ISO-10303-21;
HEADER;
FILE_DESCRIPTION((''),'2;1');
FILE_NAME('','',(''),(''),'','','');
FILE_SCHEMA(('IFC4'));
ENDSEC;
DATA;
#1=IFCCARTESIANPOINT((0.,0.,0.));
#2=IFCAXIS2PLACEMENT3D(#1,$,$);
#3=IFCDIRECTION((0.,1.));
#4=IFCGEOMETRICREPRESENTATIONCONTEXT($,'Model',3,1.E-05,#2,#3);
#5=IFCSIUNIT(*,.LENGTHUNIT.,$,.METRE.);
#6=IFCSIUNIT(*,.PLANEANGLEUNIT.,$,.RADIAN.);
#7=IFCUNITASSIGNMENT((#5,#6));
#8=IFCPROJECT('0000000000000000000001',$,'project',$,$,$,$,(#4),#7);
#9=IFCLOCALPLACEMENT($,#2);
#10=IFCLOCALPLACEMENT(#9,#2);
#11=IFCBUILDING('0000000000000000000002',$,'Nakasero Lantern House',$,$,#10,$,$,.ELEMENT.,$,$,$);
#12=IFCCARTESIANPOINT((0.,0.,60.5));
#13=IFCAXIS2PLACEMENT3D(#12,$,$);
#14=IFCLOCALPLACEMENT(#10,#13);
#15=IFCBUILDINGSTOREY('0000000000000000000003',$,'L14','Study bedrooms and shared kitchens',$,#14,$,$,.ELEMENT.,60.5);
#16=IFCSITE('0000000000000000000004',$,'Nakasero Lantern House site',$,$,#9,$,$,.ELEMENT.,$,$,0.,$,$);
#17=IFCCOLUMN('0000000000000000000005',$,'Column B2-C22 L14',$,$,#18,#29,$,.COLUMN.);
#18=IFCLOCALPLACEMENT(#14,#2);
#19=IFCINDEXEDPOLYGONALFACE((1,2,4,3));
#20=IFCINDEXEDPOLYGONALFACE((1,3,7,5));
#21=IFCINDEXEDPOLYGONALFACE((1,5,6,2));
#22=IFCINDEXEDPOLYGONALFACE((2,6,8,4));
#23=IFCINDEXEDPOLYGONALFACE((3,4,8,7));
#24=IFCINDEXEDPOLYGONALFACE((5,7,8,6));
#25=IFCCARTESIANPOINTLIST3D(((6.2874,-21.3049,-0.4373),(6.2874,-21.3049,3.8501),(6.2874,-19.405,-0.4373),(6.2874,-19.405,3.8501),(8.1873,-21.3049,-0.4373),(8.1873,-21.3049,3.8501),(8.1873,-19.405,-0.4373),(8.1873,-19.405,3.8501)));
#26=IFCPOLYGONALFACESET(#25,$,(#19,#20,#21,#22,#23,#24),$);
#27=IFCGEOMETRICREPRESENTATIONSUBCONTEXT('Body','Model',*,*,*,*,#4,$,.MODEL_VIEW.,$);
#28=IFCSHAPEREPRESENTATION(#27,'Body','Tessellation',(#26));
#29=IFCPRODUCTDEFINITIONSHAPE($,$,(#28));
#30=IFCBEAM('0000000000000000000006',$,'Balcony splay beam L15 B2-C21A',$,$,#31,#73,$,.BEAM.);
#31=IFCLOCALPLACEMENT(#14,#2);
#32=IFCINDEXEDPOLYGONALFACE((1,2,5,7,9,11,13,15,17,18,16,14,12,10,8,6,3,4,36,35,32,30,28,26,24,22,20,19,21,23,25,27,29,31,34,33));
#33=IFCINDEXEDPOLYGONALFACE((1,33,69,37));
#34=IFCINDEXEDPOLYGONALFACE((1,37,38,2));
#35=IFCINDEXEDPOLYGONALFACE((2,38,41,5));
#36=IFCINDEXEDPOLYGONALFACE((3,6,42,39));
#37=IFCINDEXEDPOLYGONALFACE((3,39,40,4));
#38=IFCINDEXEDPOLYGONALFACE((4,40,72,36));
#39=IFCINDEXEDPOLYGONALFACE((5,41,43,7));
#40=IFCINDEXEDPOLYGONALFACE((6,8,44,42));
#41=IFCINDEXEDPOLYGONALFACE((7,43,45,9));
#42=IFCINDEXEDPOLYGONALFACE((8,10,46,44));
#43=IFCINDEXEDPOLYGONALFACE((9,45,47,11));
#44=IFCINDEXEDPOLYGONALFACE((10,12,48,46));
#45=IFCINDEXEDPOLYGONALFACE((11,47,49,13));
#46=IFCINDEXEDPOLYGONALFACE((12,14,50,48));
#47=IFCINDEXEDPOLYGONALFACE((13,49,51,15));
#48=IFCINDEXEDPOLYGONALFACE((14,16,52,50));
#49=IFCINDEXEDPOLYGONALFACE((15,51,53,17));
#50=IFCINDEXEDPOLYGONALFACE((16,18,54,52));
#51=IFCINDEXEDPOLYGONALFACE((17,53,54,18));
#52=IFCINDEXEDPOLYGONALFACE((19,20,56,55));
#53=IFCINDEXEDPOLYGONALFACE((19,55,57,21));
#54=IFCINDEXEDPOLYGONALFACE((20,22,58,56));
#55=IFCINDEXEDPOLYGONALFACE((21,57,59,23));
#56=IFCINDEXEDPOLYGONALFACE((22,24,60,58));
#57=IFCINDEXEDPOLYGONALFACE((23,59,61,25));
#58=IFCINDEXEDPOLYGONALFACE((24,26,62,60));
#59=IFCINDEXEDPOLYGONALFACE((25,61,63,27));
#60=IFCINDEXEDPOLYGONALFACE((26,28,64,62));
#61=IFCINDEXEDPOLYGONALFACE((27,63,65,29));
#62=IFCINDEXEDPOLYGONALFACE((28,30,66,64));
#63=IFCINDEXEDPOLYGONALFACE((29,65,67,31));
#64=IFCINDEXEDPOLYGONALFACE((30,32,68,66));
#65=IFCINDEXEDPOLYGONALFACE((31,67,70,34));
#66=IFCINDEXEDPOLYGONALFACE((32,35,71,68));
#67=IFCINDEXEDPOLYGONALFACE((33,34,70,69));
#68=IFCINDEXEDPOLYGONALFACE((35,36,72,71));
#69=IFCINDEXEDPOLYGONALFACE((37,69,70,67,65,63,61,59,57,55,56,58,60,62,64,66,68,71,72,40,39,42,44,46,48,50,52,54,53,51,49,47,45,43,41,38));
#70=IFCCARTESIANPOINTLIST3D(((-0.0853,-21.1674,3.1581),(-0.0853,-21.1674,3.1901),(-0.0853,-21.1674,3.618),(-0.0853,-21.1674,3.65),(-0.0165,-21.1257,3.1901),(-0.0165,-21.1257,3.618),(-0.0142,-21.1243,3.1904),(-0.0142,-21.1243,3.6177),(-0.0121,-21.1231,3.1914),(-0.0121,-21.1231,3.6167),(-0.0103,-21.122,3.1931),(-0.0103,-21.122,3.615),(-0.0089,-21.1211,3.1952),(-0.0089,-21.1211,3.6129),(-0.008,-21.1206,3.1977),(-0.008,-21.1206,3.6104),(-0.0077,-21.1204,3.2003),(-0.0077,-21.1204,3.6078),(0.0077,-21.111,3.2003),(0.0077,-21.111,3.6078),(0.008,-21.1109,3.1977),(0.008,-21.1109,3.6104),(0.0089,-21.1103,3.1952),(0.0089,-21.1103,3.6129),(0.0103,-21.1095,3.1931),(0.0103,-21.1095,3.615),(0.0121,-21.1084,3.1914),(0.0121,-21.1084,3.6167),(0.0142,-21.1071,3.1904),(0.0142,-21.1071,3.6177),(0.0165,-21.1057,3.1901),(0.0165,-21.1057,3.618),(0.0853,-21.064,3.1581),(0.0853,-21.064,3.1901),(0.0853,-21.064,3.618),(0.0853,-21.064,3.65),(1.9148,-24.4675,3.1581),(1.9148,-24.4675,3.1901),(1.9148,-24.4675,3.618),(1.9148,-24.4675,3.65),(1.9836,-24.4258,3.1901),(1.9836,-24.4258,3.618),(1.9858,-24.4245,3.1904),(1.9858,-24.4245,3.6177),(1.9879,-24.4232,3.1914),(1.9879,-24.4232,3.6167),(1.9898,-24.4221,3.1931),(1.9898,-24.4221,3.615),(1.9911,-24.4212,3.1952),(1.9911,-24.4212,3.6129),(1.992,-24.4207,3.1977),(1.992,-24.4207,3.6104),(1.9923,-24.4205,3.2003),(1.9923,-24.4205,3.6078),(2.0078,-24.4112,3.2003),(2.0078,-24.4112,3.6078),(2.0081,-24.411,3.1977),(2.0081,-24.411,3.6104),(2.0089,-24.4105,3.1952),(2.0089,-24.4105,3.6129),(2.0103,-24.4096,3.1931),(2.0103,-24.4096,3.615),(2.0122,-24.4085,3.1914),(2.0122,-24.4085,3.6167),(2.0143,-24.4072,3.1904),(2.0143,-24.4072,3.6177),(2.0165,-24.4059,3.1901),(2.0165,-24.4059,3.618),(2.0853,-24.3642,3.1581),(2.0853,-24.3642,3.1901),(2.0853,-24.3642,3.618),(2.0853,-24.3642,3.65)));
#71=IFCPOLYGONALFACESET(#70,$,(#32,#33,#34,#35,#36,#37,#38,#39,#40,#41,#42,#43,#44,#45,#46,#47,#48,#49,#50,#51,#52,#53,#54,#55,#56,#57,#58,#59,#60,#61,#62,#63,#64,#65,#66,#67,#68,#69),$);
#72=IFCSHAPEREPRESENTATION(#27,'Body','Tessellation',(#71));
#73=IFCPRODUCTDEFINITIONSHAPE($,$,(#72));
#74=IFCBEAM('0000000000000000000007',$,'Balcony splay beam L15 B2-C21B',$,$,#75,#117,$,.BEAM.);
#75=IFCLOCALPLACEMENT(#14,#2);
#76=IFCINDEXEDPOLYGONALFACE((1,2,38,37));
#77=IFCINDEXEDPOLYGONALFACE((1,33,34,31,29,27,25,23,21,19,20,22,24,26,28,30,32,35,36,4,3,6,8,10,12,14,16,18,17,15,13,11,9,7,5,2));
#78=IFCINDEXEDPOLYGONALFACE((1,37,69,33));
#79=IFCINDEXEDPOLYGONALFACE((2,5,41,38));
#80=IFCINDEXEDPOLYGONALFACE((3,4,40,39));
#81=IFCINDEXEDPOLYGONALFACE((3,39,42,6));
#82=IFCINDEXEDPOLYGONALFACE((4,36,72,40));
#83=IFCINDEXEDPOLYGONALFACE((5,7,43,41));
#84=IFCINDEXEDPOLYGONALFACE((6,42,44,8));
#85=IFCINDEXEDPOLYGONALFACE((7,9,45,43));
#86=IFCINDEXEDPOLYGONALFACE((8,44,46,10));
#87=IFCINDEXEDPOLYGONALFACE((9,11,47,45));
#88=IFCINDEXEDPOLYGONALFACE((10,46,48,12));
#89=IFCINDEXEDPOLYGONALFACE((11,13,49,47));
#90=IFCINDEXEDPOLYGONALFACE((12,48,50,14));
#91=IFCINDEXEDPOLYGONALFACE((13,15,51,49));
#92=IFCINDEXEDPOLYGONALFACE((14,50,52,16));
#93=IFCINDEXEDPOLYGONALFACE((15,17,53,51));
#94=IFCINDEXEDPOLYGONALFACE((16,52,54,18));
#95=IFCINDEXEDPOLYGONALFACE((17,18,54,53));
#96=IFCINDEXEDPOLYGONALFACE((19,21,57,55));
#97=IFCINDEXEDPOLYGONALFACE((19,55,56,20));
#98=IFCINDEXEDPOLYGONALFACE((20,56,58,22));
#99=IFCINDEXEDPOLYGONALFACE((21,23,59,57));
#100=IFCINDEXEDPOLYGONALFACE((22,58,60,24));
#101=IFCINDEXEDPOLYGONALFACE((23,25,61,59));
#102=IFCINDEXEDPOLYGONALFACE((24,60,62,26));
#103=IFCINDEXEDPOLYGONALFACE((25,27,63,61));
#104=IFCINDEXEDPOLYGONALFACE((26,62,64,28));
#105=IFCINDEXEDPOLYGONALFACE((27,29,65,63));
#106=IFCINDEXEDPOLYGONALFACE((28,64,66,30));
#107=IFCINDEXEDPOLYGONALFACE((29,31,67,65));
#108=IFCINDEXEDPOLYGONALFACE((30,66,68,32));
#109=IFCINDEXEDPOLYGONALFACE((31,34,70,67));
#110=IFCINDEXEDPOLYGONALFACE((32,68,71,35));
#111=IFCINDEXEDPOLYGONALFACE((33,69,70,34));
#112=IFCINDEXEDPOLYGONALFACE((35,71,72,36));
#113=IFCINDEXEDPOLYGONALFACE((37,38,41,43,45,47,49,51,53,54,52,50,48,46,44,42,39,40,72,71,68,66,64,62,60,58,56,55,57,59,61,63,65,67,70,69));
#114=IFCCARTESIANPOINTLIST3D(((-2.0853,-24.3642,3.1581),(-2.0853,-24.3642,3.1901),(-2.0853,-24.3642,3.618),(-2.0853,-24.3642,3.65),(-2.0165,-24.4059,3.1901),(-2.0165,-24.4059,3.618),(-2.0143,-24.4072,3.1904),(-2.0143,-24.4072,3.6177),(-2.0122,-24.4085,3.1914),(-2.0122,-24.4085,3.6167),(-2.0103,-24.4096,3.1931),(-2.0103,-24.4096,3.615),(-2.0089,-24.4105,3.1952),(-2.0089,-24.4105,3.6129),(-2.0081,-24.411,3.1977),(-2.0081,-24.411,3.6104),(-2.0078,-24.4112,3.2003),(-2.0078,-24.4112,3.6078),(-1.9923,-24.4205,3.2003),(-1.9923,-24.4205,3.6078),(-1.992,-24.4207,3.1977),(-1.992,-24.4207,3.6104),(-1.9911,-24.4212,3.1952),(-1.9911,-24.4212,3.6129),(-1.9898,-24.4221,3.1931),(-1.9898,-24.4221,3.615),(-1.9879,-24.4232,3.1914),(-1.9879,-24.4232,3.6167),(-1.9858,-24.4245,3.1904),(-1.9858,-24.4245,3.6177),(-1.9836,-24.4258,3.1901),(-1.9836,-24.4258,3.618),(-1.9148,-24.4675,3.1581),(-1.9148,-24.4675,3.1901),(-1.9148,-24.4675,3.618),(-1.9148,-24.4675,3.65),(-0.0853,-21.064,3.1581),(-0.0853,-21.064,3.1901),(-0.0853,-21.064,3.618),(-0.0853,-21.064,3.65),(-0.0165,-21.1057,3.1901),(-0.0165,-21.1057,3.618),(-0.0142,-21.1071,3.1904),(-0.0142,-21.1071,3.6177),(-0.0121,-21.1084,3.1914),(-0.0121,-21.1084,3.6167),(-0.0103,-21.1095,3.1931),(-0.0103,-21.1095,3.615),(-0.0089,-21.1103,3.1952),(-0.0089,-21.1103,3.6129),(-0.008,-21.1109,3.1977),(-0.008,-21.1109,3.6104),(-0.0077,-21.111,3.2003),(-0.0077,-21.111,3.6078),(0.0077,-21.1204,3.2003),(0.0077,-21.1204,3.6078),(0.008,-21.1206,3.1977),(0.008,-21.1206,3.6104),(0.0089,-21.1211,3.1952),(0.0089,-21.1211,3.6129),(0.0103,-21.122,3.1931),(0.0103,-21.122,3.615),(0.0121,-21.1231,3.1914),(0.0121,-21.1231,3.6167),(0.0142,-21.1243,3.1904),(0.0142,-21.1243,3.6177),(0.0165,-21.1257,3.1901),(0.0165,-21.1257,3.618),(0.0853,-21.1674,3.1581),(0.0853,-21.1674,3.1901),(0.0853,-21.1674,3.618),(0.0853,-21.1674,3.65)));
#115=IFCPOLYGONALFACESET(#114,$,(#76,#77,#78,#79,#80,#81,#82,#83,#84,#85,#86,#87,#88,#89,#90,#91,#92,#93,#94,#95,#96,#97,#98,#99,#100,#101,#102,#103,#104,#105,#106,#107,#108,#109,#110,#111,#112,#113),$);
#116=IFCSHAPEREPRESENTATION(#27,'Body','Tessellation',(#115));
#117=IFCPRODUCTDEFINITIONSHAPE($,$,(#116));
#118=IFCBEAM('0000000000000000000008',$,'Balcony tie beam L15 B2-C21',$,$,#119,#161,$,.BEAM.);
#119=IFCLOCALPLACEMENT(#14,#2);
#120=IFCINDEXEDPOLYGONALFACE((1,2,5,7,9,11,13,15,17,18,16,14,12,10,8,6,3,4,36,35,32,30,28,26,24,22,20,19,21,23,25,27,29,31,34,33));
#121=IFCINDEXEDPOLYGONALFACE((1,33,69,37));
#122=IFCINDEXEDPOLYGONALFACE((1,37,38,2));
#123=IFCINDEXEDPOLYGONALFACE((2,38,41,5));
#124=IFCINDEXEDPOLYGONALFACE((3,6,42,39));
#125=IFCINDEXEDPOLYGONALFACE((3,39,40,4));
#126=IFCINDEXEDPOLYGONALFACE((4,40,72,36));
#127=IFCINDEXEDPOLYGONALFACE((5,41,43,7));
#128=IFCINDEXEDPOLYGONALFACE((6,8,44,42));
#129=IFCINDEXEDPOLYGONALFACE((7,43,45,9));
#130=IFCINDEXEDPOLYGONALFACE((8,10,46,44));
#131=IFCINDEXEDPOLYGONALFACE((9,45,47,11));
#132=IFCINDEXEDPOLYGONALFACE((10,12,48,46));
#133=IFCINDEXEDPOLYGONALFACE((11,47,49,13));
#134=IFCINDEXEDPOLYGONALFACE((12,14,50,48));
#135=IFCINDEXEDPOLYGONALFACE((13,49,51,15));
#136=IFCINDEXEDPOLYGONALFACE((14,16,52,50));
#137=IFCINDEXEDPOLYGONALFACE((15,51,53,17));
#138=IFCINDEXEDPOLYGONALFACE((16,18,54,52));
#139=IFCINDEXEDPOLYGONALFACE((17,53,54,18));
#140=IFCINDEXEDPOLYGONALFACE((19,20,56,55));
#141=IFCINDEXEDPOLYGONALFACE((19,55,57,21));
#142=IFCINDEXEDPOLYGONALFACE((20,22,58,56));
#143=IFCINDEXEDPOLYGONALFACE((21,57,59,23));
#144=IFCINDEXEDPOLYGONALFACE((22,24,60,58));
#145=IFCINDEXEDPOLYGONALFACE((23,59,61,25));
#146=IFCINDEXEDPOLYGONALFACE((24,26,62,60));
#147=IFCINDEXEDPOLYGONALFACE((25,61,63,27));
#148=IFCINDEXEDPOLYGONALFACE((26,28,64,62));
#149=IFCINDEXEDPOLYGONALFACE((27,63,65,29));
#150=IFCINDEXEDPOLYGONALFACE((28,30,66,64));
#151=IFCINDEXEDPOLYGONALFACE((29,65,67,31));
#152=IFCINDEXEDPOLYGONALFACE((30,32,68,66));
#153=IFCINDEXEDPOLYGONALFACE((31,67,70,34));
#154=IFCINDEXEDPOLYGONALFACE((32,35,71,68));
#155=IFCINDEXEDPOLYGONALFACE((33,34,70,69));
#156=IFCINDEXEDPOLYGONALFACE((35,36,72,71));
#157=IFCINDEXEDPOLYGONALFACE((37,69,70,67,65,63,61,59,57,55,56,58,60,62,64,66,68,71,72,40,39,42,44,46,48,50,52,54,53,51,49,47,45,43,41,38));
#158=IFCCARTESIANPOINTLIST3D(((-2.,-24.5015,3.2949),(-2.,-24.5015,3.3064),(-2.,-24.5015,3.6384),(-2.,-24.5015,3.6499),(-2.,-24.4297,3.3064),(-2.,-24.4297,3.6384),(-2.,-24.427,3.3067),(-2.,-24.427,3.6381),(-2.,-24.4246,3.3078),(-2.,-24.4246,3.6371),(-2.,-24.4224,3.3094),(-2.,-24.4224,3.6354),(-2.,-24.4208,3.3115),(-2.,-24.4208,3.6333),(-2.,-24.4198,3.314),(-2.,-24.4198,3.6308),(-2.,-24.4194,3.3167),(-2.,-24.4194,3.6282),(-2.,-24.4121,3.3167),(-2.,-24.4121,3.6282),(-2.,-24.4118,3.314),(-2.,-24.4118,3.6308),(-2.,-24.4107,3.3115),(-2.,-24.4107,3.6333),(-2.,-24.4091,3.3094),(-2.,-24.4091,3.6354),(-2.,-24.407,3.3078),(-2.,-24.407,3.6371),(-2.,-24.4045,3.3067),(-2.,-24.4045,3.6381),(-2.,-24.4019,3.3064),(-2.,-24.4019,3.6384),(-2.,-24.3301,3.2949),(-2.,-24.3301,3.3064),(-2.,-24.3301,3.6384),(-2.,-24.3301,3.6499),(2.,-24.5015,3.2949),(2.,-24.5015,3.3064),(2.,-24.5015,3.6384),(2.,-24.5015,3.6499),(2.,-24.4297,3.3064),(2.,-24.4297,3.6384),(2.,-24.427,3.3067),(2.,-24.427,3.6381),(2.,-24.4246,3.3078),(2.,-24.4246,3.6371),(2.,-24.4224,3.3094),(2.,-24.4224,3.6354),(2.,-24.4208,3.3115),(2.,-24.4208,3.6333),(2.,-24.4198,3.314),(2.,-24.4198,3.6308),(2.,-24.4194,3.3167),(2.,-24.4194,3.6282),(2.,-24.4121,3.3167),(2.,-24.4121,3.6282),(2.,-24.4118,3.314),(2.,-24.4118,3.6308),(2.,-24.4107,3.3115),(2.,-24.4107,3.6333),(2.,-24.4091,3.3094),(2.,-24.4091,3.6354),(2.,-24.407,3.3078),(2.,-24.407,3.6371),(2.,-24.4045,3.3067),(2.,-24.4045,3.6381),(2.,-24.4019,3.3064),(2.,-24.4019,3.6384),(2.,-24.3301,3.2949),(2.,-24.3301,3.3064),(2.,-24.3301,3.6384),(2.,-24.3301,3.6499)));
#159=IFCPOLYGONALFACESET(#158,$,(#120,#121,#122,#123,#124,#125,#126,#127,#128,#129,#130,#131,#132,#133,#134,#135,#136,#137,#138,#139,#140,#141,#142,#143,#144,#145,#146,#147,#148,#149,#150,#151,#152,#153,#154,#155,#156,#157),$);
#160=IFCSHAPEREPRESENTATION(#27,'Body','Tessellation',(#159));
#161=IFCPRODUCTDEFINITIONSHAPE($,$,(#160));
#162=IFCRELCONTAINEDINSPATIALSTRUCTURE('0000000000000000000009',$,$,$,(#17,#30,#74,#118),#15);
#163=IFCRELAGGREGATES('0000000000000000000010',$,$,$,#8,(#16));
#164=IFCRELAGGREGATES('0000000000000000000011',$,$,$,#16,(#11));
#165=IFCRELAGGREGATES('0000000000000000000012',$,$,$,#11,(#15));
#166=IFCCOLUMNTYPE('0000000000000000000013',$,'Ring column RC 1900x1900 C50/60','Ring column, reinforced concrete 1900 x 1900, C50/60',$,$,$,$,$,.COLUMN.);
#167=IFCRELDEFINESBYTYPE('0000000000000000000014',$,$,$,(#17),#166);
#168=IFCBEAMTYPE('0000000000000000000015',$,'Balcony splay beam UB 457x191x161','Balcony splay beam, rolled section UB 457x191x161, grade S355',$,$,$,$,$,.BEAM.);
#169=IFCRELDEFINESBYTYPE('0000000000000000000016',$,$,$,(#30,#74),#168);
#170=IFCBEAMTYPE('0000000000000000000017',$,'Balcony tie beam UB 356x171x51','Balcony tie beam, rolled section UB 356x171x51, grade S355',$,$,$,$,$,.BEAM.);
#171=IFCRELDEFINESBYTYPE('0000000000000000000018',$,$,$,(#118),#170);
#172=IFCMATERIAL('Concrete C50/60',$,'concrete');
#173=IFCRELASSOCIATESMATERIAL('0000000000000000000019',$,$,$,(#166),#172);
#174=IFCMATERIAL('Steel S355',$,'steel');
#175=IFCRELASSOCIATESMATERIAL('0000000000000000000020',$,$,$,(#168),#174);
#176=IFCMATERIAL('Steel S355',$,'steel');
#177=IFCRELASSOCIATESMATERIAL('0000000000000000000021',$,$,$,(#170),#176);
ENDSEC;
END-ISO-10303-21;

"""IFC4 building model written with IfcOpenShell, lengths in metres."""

from ifc_helpers import new_model, si_unit, direction, frame, origin, origin_2d, place, context, subcontext, project, spatial, rectangle, i_section, extrude, material, material_profile, profile_set, type_object, element, save


model = new_model("IFC4")

# Units and contexts
model_context = context("Model", 3, precision=1e-05, world=origin(), true_north=direction((0.0, 1.0)))
body_context = subcontext(model_context, "Body", "Model", "MODEL_VIEW")
ifc_project = project(units=[si_unit("LENGTHUNIT", "METRE"), si_unit("PLANEANGLEUNIT", "RADIAN")], contexts=[model_context])

# Site, building, storey
site_placement = place(None, origin())
site = spatial("IfcSite", under=ifc_project, at=site_placement, Name="Nakasero Lantern House site", CompositionType="ELEMENT", RefElevation=0.0)
building_placement = place(site_placement, origin())
building = spatial("IfcBuilding", under=site, at=building_placement, Name="Nakasero Lantern House", CompositionType="ELEMENT")
storey_placement = place(building_placement, frame((0.0, 0.0, 60.5)))
storey = spatial("IfcBuildingStorey", under=building, at=storey_placement, Name="L14", Description="Study bedrooms and shared kitchens", CompositionType="ELEMENT", Elevation=60.5)

# Column
ifc_material_1 = material(Name="Concrete C50/60", Category="concrete")
ifc_material_profile_1 = material_profile(ifc_material_1, rectangle(XDim=1.8999, YDim=1.8999, at=origin_2d()), Name="RC 1900x1900")
ifc_profile_set_1 = profile_set([ifc_material_profile_1], Name="Concrete C50/60")
column_type = type_object("IfcColumnType", Name="Ring column RC 1900x1900 C50/60", Description="Ring column, reinforced concrete 1900 x 1900, C50/60", PredefinedType="COLUMN", material=ifc_profile_set_1)
column_placement = place(storey_placement, frame((7.2373, -20.355, -0.4373), z_axis=(0.0, 0.0, 1.0), x_axis=(1.0, 0.0, 0.0)))
element("IfcColumn", 1, at=column_placement, inside=storey, type_object=column_type, Name="Column B2-C22 L14", PredefinedType="COLUMN", context=body_context, shape_type="SweptSolid", body=[
    extrude(rectangle(XDim=1.8999, YDim=1.8999, at=origin_2d()), origin(), (0.0, 0.0, 1.0), 4.2874),
])

# Beams
ifc_material_2 = material(Name="Steel S355", Category="steel")
ifc_material_profile_2 = material_profile(ifc_material_2, i_section(OverallWidth=0.1995, OverallDepth=0.4919, WebThickness=0.0181, FlangeThickness=0.032, FilletRadius=0.0103, at=origin_2d()), Name="UB 457x191x161")
ifc_profile_set_2 = profile_set([ifc_material_profile_2], Name="Steel S355")
beam_type_1 = type_object("IfcBeamType", Name="Balcony splay beam UB 457x191x161", Description="Balcony splay beam, rolled section UB 457x191x161, grade S355", PredefinedType="BEAM", material=ifc_profile_set_2)
for number, where, z_axis, x_axis, name in (
    (2, (0.0, -21.1157, 3.4041), (0.518296, -0.855201, 0.0), (0.855201, 0.518296, 0.0), "Balcony splay beam L15 B2-C21A"),
    (3, (0.0, -21.1157, 3.4041), (-0.518296, -0.855201, 0.0), (0.855201, -0.518296, 0.0), "Balcony splay beam L15 B2-C21B"),
):
    element("IfcBeam", number, at=place(storey_placement, frame(where, z_axis=z_axis, x_axis=x_axis)), inside=storey, type_object=beam_type_1, Name=name, PredefinedType="BEAM", context=body_context, shape_type="SweptSolid", body=[
        extrude(i_section(OverallWidth=0.1995, OverallDepth=0.4919, WebThickness=0.0181, FlangeThickness=0.032, FilletRadius=0.0103, at=origin_2d()), origin(), (0.0, 0.0, 1.0), 3.8589),
    ])
ifc_material_3 = material(Name="Steel S355", Category="steel")
ifc_material_profile_3 = material_profile(ifc_material_3, i_section(OverallWidth=0.1714, OverallDepth=0.355, WebThickness=0.0073, FlangeThickness=0.0115, FilletRadius=0.0103, at=origin_2d()), Name="UB 356x171x51")
ifc_profile_set_3 = profile_set([ifc_material_profile_3], Name="Steel S355")
beam_type_2 = type_object("IfcBeamType", Name="Balcony tie beam UB 356x171x51", Description="Balcony tie beam, rolled section UB 356x171x51, grade S355", PredefinedType="BEAM", material=ifc_profile_set_3)
beam_1_placement = place(storey_placement, frame((2.0, -24.4158, 3.4724), z_axis=(-1.0, 0.0, 0.0), x_axis=(0.0, -1.0, 0.0)))
element("IfcBeam", 4, at=beam_1_placement, inside=storey, type_object=beam_type_2, Name="Balcony tie beam L15 B2-C21", PredefinedType="BEAM", context=body_context, shape_type="SweptSolid", body=[
    extrude(i_section(OverallWidth=0.1714, OverallDepth=0.355, WebThickness=0.0073, FlangeThickness=0.0115, FilletRadius=0.0103, at=origin_2d()), origin(), (0.0, 0.0, 1.0), 4.0),
])

save(model, "model.ifc")
